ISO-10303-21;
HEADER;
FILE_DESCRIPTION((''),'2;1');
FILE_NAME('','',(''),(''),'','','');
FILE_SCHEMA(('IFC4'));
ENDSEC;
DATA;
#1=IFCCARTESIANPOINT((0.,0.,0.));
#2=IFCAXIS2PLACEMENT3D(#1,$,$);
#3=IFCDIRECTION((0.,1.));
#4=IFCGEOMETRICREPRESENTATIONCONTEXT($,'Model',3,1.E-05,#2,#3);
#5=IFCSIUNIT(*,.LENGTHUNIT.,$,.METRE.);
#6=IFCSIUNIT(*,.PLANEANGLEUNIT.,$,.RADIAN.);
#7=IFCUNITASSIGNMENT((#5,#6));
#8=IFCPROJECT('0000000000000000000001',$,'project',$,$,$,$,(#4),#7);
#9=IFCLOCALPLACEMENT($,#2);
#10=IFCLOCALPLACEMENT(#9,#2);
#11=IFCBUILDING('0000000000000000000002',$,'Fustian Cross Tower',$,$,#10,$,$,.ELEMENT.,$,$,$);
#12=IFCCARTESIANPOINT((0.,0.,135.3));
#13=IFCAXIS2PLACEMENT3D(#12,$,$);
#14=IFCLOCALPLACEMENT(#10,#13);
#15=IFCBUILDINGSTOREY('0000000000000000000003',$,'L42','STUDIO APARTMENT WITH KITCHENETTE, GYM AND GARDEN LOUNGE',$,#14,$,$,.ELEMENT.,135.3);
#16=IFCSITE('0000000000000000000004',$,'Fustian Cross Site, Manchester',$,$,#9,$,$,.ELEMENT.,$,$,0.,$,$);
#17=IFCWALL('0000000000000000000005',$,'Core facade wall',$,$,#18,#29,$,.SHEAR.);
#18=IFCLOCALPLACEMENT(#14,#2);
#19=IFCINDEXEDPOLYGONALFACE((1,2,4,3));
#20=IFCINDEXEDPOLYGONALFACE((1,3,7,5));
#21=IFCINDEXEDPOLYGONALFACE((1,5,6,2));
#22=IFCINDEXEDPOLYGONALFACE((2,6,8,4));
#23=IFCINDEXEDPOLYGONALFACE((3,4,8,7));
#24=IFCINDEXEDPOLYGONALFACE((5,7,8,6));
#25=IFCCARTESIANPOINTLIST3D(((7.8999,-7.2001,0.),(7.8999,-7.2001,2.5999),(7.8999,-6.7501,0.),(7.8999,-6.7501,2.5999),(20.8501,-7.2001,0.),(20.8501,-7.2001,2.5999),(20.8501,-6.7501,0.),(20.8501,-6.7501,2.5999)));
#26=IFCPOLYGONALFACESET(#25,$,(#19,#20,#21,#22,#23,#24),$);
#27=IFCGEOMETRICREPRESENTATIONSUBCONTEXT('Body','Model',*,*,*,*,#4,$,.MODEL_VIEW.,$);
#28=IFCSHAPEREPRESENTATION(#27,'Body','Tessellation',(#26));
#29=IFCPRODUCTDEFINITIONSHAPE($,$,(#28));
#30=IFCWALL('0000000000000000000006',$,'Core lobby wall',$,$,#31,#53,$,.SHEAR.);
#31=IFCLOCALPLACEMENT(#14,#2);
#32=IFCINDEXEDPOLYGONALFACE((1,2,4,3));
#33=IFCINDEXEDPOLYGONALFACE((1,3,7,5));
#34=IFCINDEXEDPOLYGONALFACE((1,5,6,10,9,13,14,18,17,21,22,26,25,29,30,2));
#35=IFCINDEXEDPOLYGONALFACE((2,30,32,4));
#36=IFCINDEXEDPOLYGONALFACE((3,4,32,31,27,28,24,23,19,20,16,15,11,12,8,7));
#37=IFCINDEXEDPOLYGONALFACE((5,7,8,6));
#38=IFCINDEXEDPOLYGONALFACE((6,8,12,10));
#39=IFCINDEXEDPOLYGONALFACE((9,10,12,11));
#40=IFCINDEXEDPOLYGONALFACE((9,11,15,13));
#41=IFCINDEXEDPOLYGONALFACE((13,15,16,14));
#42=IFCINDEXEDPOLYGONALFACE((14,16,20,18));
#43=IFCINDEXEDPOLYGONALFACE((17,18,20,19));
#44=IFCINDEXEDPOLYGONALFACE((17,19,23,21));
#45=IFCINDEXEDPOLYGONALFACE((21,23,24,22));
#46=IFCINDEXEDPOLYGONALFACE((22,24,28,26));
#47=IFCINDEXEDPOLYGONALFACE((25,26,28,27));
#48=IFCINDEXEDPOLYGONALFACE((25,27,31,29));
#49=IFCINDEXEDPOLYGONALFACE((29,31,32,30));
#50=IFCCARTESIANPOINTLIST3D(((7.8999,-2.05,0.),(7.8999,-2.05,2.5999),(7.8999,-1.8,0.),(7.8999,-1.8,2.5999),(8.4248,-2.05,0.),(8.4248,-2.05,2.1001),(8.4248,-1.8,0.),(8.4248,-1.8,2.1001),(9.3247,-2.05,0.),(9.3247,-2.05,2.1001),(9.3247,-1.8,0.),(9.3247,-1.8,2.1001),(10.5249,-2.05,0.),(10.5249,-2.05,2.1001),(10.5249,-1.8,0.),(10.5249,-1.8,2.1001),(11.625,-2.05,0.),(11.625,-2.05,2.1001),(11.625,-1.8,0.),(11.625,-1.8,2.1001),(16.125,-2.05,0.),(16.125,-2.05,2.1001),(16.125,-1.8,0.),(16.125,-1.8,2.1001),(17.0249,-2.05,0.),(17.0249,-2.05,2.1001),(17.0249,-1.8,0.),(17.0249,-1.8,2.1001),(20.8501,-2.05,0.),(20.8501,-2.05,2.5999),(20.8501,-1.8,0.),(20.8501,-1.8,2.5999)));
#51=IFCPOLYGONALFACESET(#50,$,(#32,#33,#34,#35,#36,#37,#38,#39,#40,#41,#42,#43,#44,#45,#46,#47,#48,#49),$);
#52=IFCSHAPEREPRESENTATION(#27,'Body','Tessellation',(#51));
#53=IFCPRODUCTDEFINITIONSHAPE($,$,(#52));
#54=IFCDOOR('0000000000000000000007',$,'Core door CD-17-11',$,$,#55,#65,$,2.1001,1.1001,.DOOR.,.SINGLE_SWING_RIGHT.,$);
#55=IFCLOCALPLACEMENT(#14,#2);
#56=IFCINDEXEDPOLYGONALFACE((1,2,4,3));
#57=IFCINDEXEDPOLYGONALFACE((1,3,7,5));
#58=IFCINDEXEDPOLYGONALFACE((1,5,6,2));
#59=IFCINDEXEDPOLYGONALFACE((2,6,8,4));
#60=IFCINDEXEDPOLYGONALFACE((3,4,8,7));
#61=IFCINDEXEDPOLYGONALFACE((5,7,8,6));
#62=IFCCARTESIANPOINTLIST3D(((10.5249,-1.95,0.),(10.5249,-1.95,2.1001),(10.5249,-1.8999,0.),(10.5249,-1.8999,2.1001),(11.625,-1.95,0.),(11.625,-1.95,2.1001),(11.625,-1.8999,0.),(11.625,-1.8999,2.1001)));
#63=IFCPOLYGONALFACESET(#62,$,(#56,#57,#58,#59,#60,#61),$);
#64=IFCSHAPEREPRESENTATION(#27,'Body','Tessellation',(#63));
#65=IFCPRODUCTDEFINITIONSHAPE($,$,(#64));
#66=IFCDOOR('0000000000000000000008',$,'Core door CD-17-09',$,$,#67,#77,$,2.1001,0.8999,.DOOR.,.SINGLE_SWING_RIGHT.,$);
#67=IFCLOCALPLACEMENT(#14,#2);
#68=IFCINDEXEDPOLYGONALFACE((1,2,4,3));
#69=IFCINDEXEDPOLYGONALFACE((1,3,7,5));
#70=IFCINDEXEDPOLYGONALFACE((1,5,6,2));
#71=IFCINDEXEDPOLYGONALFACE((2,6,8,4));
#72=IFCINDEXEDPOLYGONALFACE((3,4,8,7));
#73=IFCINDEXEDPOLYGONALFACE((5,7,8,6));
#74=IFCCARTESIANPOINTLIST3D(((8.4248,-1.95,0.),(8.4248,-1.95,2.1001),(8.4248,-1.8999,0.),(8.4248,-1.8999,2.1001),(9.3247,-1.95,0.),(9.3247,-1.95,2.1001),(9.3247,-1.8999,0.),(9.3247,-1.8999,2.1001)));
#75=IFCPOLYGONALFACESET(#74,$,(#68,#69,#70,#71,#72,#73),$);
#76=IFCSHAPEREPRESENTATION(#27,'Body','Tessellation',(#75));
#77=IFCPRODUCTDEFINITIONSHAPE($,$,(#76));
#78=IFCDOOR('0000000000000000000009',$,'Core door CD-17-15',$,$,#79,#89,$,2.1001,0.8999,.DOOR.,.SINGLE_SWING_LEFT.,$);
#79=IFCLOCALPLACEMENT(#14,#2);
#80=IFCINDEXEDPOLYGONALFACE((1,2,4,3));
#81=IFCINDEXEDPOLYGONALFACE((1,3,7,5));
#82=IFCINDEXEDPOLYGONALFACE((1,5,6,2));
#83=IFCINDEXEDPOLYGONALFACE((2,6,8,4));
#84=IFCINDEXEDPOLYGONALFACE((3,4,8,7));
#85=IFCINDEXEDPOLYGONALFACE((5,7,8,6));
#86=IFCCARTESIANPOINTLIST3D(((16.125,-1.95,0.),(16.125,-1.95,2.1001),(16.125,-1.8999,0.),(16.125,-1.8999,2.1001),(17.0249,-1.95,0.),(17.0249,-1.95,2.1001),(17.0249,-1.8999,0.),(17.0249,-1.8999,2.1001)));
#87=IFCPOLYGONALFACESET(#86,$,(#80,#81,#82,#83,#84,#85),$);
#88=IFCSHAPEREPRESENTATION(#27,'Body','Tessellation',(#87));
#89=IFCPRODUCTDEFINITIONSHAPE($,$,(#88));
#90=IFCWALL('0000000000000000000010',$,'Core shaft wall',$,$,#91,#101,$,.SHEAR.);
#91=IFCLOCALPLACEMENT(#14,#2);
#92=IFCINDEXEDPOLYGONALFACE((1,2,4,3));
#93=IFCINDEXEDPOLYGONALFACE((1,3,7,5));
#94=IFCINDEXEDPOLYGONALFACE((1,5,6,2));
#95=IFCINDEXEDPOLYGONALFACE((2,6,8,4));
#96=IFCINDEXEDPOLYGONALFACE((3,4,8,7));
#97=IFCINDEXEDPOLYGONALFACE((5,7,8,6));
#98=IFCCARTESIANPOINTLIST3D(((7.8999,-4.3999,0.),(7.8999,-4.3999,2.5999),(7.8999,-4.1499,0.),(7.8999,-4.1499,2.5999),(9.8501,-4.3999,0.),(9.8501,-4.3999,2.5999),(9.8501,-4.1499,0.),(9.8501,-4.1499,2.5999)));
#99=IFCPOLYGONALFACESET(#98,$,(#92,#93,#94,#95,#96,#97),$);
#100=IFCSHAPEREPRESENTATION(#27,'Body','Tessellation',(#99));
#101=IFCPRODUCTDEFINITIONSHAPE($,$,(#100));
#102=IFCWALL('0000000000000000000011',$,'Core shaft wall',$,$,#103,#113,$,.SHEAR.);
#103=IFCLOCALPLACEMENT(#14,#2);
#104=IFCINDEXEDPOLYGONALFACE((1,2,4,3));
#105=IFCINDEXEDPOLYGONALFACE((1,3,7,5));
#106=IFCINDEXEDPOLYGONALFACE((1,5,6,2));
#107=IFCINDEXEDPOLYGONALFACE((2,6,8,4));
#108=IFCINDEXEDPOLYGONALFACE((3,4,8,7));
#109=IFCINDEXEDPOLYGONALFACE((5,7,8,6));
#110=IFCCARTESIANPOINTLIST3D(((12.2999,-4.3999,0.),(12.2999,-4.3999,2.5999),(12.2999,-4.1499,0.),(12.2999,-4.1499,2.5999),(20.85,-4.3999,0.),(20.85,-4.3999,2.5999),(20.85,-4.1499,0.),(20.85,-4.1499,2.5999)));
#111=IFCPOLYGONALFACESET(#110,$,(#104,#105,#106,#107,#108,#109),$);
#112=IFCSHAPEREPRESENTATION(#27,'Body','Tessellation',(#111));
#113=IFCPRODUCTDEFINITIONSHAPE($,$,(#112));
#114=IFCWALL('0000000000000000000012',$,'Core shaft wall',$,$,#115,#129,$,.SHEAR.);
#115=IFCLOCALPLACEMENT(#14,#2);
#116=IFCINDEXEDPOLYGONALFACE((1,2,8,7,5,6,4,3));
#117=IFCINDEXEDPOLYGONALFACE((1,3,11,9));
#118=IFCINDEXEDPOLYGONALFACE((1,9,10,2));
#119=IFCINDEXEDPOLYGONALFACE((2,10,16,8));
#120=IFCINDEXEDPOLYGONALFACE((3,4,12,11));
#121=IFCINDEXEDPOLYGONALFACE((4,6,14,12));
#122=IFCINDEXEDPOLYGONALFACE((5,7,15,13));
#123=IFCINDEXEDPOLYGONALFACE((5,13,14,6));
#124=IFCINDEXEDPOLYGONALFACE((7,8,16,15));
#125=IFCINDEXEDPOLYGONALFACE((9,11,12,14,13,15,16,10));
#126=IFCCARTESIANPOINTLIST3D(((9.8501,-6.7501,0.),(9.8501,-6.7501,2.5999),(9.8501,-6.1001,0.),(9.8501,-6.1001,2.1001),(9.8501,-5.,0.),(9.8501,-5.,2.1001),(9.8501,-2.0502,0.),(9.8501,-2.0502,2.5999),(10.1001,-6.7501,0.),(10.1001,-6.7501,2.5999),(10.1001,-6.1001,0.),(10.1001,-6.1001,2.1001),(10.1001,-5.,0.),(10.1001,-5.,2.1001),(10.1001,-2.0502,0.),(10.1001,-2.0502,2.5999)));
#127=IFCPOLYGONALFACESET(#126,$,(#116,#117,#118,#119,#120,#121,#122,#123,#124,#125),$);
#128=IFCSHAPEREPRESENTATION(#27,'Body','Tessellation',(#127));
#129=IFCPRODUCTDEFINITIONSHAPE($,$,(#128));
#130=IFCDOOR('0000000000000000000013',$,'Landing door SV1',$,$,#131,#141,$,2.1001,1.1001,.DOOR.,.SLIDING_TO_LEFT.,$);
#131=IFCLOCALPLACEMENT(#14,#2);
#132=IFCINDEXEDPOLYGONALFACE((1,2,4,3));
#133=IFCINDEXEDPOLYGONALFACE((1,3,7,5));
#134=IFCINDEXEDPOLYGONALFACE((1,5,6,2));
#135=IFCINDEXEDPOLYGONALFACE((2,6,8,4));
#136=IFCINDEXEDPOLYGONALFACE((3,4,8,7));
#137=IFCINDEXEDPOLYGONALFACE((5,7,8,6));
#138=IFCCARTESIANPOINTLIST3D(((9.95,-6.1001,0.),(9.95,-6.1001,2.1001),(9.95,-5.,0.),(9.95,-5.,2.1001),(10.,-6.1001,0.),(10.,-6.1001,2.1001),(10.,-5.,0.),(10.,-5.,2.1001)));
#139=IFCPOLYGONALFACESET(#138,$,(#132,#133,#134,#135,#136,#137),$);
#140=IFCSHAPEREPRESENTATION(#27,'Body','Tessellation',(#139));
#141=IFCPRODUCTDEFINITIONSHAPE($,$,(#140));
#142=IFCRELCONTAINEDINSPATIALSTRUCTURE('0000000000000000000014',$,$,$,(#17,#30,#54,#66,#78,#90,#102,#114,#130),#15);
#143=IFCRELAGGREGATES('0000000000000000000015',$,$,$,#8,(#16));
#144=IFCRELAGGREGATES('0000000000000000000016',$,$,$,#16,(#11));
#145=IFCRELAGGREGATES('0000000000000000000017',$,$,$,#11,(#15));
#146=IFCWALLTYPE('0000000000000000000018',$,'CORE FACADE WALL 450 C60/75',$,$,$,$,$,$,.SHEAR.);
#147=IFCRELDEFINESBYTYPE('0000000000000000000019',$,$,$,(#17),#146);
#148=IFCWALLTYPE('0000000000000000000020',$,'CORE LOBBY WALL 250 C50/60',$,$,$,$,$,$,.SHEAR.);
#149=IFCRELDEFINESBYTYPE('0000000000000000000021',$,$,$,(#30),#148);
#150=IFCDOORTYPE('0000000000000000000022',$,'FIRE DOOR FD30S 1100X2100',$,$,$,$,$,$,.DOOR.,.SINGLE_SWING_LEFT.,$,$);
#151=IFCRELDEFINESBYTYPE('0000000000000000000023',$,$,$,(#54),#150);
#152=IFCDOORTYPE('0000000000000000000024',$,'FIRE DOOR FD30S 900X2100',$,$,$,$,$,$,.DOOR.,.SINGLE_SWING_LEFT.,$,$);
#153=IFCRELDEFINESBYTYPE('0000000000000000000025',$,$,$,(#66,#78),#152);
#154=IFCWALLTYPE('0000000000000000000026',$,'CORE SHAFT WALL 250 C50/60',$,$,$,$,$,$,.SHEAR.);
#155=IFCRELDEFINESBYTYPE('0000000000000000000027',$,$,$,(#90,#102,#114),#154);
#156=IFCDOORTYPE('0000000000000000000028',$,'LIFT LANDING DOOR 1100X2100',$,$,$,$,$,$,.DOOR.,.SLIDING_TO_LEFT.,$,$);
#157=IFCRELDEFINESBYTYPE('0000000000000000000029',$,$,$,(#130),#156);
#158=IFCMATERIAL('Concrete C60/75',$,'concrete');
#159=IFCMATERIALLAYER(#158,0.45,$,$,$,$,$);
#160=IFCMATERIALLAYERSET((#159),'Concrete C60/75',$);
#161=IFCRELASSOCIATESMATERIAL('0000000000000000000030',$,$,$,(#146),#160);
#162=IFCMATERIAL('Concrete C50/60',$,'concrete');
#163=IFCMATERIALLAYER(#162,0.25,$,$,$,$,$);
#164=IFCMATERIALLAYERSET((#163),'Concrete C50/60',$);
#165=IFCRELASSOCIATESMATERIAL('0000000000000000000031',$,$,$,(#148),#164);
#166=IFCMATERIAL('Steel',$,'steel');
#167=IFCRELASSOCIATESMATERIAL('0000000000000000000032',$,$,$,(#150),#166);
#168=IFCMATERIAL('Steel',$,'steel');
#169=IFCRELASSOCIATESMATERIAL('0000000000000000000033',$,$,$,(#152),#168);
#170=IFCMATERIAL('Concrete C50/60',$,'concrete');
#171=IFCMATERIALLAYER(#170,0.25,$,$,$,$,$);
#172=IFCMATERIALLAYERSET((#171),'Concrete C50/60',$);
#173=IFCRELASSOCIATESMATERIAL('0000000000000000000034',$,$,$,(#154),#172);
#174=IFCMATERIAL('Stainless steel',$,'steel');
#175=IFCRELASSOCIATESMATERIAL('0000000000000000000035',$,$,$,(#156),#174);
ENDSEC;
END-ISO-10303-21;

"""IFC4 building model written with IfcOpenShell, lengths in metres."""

from ifc_helpers import new_model, si_unit, direction, frame, frame_2d, origin, place, context, subcontext, project, spatial, rectangle, extrude, material, layer, layer_set, type_object, element, fill, save


model = new_model("IFC4")

# Units and contexts
model_context = context("Model", 3, precision=1e-05, world=origin(), true_north=direction((0.0, 1.0)))
body_context = subcontext(model_context, "Body", "Model", "MODEL_VIEW")
ifc_project = project(units=[si_unit("LENGTHUNIT", "METRE"), si_unit("PLANEANGLEUNIT", "RADIAN")], contexts=[model_context])

# Site, building, storey
site_placement = place(None, origin())
site = spatial("IfcSite", under=ifc_project, at=site_placement, Name="Fustian Cross Site, Manchester", CompositionType="ELEMENT", RefElevation=0.0)
building_placement = place(site_placement, origin())
building = spatial("IfcBuilding", under=site, at=building_placement, Name="Fustian Cross Tower", CompositionType="ELEMENT")
storey_placement = place(building_placement, frame((0.0, 0.0, 135.3)))
storey = spatial("IfcBuildingStorey", under=building, at=storey_placement, Name="L42", Description="STUDIO APARTMENT WITH KITCHENETTE, GYM AND GARDEN LOUNGE", CompositionType="ELEMENT", Elevation=135.3)

# Wall
ifc_material_1 = material(Name="Concrete C60/75", Category="concrete")
ifc_layer_1 = layer(ifc_material_1, 0.45)
ifc_layer_set_1 = layer_set([ifc_layer_1], Name="Concrete C60/75")
wall_type_1 = type_object("IfcWallType", Name="CORE FACADE WALL 450 C60/75", PredefinedType="SHEAR", material=ifc_layer_set_1)
wall_1_placement = place(storey_placement, frame((7.8999, -6.9751, 0.0), z_axis=(0.0, 0.0, 1.0), x_axis=(1.0, 0.0, 0.0)))
element("IfcWall", 1, at=wall_1_placement, inside=storey, type_object=wall_type_1, Name="Core facade wall", PredefinedType="SHEAR", context=body_context, shape_type="SweptSolid", body=[
    extrude(rectangle(XDim=12.9502, YDim=0.45, at=frame_2d((6.4751, 0.0))), origin(), (0.0, 0.0, 1.0), 2.5999),
])

# Wall, openings, doors
ifc_material_2 = material(Name="Concrete C50/60", Category="concrete")
ifc_layer_2 = layer(ifc_material_2, 0.25)
ifc_layer_set_2 = layer_set([ifc_layer_2], Name="Concrete C50/60")
wall_type_2 = type_object("IfcWallType", Name="CORE LOBBY WALL 250 C50/60", PredefinedType="SHEAR", material=ifc_layer_set_2)
wall_2_placement = place(storey_placement, frame((7.8999, -1.925, 0.0), z_axis=(0.0, 0.0, 1.0), x_axis=(1.0, 0.0, 0.0)))
wall_2 = element("IfcWall", 2, at=wall_2_placement, inside=storey, type_object=wall_type_2, Name="Core lobby wall", PredefinedType="SHEAR", context=body_context, shape_type="SweptSolid", body=[
    extrude(rectangle(XDim=12.9502, YDim=0.25, at=frame_2d((6.4751, 0.0))), origin(), (0.0, 0.0, 1.0), 2.5999),
])
opening_1_placement = place(wall_2_placement, frame((0.5249, 0.0, 0.0)))
opening_1 = element("IfcOpeningElement", 3, at=opening_1_placement, cuts=wall_2, PredefinedType="OPENING", context=body_context, shape_type="SweptSolid", body=[
    extrude(rectangle(XDim=0.8999, YDim=2.1001, at=frame_2d((0.45, 1.05))), frame((0.0, 0.135, 0.0), z_axis=(0.0, -1.0, 0.0), x_axis=(1.0, 0.0, 0.0)), (0.0, 0.0, 1.0), 0.27),
])
opening_2_placement = place(wall_2_placement, frame((2.625, 0.0, 0.0)))
opening_2 = element("IfcOpeningElement", 4, at=opening_2_placement, cuts=wall_2, PredefinedType="OPENING", context=body_context, shape_type="SweptSolid", body=[
    extrude(rectangle(XDim=1.1001, YDim=2.1001, at=frame_2d((0.55, 1.05))), frame((0.0, 0.135, 0.0), z_axis=(0.0, -1.0, 0.0), x_axis=(1.0, 0.0, 0.0)), (0.0, 0.0, 1.0), 0.27),
])
opening_3_placement = place(wall_2_placement, frame((8.2251, 0.0, 0.0)))
opening_3 = element("IfcOpeningElement", 5, at=opening_3_placement, cuts=wall_2, PredefinedType="OPENING", context=body_context, shape_type="SweptSolid", body=[
    extrude(rectangle(XDim=0.8999, YDim=2.1001, at=frame_2d((0.45, 1.05))), frame((0.0, 0.135, 0.0), z_axis=(0.0, -1.0, 0.0), x_axis=(1.0, 0.0, 0.0)), (0.0, 0.0, 1.0), 0.27),
])
ifc_material_3 = material(Name="Steel", Category="steel")
door_type_1 = type_object("IfcDoorType", Name="FIRE DOOR FD30S 1100X2100", OperationType="SINGLE_SWING_LEFT", PredefinedType="DOOR", material=ifc_material_3)
door_1_placement = place(opening_2_placement, frame((1.1001, 0.0, 0.0), z_axis=(0.0, 0.0, 1.0), x_axis=(-1.0, 0.0, 0.0)))
door_1 = element("IfcDoor", 6, at=door_1_placement, inside=storey, type_object=door_type_1, Name="Core door CD-17-11", OperationType="SINGLE_SWING_RIGHT", OverallHeight=2.1001, OverallWidth=1.1001, PredefinedType="DOOR", context=body_context, shape_type="SweptSolid", body=[
    extrude(rectangle(XDim=1.1001, YDim=2.1001, at=frame_2d((0.55, 1.05))), frame((0.0, 0.0249, 0.0), z_axis=(0.0, -1.0, 0.0), x_axis=(1.0, 0.0, 0.0)), (0.0, 0.0, 1.0), 0.05),
])
fill(opening_2, door_1)
ifc_material_4 = material(Name="Steel", Category="steel")
door_type_2 = type_object("IfcDoorType", Name="FIRE DOOR FD30S 900X2100", OperationType="SINGLE_SWING_LEFT", PredefinedType="DOOR", material=ifc_material_4)
door_2_placement = place(opening_1_placement, frame((0.8999, 0.0, 0.0), z_axis=(0.0, 0.0, 1.0), x_axis=(-1.0, 0.0, 0.0)))
door_2 = element("IfcDoor", 7, at=door_2_placement, inside=storey, type_object=door_type_2, Name="Core door CD-17-09", OperationType="SINGLE_SWING_RIGHT", OverallHeight=2.1001, OverallWidth=0.8999, PredefinedType="DOOR", context=body_context, shape_type="SweptSolid", body=[
    extrude(rectangle(XDim=0.8999, YDim=2.1001, at=frame_2d((0.45, 1.05))), frame((0.0, 0.0249, 0.0), z_axis=(0.0, -1.0, 0.0), x_axis=(1.0, 0.0, 0.0)), (0.0, 0.0, 1.0), 0.05),
])
fill(opening_1, door_2)
door_3_placement = place(opening_3_placement, frame((0.8999, 0.0, 0.0), z_axis=(0.0, 0.0, 1.0), x_axis=(-1.0, 0.0, 0.0)))
door_3 = element("IfcDoor", 8, at=door_3_placement, inside=storey, type_object=door_type_2, Name="Core door CD-17-15", OperationType="SINGLE_SWING_LEFT", OverallHeight=2.1001, OverallWidth=0.8999, PredefinedType="DOOR", context=body_context, shape_type="SweptSolid", body=[
    extrude(rectangle(XDim=0.8999, YDim=2.1001, at=frame_2d((0.45, 1.05))), frame((0.0, 0.0249, 0.0), z_axis=(0.0, -1.0, 0.0), x_axis=(1.0, 0.0, 0.0)), (0.0, 0.0, 1.0), 0.05),
])
fill(opening_3, door_3)

# Walls
ifc_material_5 = material(Name="Concrete C50/60", Category="concrete")
ifc_layer_3 = layer(ifc_material_5, 0.25)
ifc_layer_set_3 = layer_set([ifc_layer_3], Name="Concrete C50/60")
wall_type_3 = type_object("IfcWallType", Name="CORE SHAFT WALL 250 C50/60", PredefinedType="SHEAR", material=ifc_layer_set_3)
wall_3_placement = place(storey_placement, frame((7.8999, -4.2749, 0.0), z_axis=(0.0, 0.0, 1.0), x_axis=(1.0, 0.0, 0.0)))
element("IfcWall", 9, at=wall_3_placement, inside=storey, type_object=wall_type_3, Name="Core shaft wall", PredefinedType="SHEAR", context=body_context, shape_type="SweptSolid", body=[
    extrude(rectangle(XDim=1.9502, YDim=0.25, at=frame_2d((0.9751, 0.0))), origin(), (0.0, 0.0, 1.0), 2.5999),
])
wall_4_placement = place(storey_placement, frame((12.3, -4.2749, 0.0), z_axis=(0.0, 0.0, 1.0), x_axis=(1.0, 0.0, 0.0)))
element("IfcWall", 10, at=wall_4_placement, inside=storey, type_object=wall_type_3, Name="Core shaft wall", PredefinedType="SHEAR", context=body_context, shape_type="SweptSolid", body=[
    extrude(rectangle(XDim=8.55, YDim=0.25, at=frame_2d((4.2749, 0.0))), origin(), (0.0, 0.0, 1.0), 2.5999),
])

# Wall, opening, door
wall_5_placement = place(storey_placement, frame((9.9751, -2.05, 0.0), z_axis=(0.0, 0.0, 1.0), x_axis=(0.0, -1.0, 0.0)))
wall_5 = element("IfcWall", 11, at=wall_5_placement, inside=storey, type_object=wall_type_3, Name="Core shaft wall", PredefinedType="SHEAR", context=body_context, shape_type="SweptSolid", body=[
    extrude(rectangle(XDim=4.7, YDim=0.25, at=frame_2d((2.3501, 0.0))), origin(), (0.0, 0.0, 1.0), 2.5999),
])
opening_4_placement = place(wall_5_placement, frame((2.95, 0.0, 0.0)))
opening_4 = element("IfcOpeningElement", 12, at=opening_4_placement, cuts=wall_5, PredefinedType="OPENING", context=body_context, shape_type="SweptSolid", body=[
    extrude(rectangle(XDim=1.1001, YDim=2.1001, at=frame_2d((0.55, 1.05))), frame((0.0, 0.135, 0.0), z_axis=(0.0, -1.0, 0.0), x_axis=(1.0, 0.0, 0.0)), (0.0, 0.0, 1.0), 0.27),
])
ifc_material_6 = material(Name="Stainless steel", Category="steel")
door_type_3 = type_object("IfcDoorType", Name="LIFT LANDING DOOR 1100X2100", OperationType="SLIDING_TO_LEFT", PredefinedType="DOOR", material=ifc_material_6)
door_4_placement = place(opening_4_placement, origin())
door_4 = element("IfcDoor", 13, at=door_4_placement, inside=storey, type_object=door_type_3, Name="Landing door SV1", OperationType="SLIDING_TO_LEFT", OverallHeight=2.1001, OverallWidth=1.1001, PredefinedType="DOOR", context=body_context, shape_type="SweptSolid", body=[
    extrude(rectangle(XDim=1.1001, YDim=2.1001, at=frame_2d((0.55, 1.05))), frame((0.0, 0.0249, 0.0), z_axis=(0.0, -1.0, 0.0), x_axis=(1.0, 0.0, 0.0)), (0.0, 0.0, 1.0), 0.05),
])
fill(opening_4, door_4)

save(model, "model.ifc")
